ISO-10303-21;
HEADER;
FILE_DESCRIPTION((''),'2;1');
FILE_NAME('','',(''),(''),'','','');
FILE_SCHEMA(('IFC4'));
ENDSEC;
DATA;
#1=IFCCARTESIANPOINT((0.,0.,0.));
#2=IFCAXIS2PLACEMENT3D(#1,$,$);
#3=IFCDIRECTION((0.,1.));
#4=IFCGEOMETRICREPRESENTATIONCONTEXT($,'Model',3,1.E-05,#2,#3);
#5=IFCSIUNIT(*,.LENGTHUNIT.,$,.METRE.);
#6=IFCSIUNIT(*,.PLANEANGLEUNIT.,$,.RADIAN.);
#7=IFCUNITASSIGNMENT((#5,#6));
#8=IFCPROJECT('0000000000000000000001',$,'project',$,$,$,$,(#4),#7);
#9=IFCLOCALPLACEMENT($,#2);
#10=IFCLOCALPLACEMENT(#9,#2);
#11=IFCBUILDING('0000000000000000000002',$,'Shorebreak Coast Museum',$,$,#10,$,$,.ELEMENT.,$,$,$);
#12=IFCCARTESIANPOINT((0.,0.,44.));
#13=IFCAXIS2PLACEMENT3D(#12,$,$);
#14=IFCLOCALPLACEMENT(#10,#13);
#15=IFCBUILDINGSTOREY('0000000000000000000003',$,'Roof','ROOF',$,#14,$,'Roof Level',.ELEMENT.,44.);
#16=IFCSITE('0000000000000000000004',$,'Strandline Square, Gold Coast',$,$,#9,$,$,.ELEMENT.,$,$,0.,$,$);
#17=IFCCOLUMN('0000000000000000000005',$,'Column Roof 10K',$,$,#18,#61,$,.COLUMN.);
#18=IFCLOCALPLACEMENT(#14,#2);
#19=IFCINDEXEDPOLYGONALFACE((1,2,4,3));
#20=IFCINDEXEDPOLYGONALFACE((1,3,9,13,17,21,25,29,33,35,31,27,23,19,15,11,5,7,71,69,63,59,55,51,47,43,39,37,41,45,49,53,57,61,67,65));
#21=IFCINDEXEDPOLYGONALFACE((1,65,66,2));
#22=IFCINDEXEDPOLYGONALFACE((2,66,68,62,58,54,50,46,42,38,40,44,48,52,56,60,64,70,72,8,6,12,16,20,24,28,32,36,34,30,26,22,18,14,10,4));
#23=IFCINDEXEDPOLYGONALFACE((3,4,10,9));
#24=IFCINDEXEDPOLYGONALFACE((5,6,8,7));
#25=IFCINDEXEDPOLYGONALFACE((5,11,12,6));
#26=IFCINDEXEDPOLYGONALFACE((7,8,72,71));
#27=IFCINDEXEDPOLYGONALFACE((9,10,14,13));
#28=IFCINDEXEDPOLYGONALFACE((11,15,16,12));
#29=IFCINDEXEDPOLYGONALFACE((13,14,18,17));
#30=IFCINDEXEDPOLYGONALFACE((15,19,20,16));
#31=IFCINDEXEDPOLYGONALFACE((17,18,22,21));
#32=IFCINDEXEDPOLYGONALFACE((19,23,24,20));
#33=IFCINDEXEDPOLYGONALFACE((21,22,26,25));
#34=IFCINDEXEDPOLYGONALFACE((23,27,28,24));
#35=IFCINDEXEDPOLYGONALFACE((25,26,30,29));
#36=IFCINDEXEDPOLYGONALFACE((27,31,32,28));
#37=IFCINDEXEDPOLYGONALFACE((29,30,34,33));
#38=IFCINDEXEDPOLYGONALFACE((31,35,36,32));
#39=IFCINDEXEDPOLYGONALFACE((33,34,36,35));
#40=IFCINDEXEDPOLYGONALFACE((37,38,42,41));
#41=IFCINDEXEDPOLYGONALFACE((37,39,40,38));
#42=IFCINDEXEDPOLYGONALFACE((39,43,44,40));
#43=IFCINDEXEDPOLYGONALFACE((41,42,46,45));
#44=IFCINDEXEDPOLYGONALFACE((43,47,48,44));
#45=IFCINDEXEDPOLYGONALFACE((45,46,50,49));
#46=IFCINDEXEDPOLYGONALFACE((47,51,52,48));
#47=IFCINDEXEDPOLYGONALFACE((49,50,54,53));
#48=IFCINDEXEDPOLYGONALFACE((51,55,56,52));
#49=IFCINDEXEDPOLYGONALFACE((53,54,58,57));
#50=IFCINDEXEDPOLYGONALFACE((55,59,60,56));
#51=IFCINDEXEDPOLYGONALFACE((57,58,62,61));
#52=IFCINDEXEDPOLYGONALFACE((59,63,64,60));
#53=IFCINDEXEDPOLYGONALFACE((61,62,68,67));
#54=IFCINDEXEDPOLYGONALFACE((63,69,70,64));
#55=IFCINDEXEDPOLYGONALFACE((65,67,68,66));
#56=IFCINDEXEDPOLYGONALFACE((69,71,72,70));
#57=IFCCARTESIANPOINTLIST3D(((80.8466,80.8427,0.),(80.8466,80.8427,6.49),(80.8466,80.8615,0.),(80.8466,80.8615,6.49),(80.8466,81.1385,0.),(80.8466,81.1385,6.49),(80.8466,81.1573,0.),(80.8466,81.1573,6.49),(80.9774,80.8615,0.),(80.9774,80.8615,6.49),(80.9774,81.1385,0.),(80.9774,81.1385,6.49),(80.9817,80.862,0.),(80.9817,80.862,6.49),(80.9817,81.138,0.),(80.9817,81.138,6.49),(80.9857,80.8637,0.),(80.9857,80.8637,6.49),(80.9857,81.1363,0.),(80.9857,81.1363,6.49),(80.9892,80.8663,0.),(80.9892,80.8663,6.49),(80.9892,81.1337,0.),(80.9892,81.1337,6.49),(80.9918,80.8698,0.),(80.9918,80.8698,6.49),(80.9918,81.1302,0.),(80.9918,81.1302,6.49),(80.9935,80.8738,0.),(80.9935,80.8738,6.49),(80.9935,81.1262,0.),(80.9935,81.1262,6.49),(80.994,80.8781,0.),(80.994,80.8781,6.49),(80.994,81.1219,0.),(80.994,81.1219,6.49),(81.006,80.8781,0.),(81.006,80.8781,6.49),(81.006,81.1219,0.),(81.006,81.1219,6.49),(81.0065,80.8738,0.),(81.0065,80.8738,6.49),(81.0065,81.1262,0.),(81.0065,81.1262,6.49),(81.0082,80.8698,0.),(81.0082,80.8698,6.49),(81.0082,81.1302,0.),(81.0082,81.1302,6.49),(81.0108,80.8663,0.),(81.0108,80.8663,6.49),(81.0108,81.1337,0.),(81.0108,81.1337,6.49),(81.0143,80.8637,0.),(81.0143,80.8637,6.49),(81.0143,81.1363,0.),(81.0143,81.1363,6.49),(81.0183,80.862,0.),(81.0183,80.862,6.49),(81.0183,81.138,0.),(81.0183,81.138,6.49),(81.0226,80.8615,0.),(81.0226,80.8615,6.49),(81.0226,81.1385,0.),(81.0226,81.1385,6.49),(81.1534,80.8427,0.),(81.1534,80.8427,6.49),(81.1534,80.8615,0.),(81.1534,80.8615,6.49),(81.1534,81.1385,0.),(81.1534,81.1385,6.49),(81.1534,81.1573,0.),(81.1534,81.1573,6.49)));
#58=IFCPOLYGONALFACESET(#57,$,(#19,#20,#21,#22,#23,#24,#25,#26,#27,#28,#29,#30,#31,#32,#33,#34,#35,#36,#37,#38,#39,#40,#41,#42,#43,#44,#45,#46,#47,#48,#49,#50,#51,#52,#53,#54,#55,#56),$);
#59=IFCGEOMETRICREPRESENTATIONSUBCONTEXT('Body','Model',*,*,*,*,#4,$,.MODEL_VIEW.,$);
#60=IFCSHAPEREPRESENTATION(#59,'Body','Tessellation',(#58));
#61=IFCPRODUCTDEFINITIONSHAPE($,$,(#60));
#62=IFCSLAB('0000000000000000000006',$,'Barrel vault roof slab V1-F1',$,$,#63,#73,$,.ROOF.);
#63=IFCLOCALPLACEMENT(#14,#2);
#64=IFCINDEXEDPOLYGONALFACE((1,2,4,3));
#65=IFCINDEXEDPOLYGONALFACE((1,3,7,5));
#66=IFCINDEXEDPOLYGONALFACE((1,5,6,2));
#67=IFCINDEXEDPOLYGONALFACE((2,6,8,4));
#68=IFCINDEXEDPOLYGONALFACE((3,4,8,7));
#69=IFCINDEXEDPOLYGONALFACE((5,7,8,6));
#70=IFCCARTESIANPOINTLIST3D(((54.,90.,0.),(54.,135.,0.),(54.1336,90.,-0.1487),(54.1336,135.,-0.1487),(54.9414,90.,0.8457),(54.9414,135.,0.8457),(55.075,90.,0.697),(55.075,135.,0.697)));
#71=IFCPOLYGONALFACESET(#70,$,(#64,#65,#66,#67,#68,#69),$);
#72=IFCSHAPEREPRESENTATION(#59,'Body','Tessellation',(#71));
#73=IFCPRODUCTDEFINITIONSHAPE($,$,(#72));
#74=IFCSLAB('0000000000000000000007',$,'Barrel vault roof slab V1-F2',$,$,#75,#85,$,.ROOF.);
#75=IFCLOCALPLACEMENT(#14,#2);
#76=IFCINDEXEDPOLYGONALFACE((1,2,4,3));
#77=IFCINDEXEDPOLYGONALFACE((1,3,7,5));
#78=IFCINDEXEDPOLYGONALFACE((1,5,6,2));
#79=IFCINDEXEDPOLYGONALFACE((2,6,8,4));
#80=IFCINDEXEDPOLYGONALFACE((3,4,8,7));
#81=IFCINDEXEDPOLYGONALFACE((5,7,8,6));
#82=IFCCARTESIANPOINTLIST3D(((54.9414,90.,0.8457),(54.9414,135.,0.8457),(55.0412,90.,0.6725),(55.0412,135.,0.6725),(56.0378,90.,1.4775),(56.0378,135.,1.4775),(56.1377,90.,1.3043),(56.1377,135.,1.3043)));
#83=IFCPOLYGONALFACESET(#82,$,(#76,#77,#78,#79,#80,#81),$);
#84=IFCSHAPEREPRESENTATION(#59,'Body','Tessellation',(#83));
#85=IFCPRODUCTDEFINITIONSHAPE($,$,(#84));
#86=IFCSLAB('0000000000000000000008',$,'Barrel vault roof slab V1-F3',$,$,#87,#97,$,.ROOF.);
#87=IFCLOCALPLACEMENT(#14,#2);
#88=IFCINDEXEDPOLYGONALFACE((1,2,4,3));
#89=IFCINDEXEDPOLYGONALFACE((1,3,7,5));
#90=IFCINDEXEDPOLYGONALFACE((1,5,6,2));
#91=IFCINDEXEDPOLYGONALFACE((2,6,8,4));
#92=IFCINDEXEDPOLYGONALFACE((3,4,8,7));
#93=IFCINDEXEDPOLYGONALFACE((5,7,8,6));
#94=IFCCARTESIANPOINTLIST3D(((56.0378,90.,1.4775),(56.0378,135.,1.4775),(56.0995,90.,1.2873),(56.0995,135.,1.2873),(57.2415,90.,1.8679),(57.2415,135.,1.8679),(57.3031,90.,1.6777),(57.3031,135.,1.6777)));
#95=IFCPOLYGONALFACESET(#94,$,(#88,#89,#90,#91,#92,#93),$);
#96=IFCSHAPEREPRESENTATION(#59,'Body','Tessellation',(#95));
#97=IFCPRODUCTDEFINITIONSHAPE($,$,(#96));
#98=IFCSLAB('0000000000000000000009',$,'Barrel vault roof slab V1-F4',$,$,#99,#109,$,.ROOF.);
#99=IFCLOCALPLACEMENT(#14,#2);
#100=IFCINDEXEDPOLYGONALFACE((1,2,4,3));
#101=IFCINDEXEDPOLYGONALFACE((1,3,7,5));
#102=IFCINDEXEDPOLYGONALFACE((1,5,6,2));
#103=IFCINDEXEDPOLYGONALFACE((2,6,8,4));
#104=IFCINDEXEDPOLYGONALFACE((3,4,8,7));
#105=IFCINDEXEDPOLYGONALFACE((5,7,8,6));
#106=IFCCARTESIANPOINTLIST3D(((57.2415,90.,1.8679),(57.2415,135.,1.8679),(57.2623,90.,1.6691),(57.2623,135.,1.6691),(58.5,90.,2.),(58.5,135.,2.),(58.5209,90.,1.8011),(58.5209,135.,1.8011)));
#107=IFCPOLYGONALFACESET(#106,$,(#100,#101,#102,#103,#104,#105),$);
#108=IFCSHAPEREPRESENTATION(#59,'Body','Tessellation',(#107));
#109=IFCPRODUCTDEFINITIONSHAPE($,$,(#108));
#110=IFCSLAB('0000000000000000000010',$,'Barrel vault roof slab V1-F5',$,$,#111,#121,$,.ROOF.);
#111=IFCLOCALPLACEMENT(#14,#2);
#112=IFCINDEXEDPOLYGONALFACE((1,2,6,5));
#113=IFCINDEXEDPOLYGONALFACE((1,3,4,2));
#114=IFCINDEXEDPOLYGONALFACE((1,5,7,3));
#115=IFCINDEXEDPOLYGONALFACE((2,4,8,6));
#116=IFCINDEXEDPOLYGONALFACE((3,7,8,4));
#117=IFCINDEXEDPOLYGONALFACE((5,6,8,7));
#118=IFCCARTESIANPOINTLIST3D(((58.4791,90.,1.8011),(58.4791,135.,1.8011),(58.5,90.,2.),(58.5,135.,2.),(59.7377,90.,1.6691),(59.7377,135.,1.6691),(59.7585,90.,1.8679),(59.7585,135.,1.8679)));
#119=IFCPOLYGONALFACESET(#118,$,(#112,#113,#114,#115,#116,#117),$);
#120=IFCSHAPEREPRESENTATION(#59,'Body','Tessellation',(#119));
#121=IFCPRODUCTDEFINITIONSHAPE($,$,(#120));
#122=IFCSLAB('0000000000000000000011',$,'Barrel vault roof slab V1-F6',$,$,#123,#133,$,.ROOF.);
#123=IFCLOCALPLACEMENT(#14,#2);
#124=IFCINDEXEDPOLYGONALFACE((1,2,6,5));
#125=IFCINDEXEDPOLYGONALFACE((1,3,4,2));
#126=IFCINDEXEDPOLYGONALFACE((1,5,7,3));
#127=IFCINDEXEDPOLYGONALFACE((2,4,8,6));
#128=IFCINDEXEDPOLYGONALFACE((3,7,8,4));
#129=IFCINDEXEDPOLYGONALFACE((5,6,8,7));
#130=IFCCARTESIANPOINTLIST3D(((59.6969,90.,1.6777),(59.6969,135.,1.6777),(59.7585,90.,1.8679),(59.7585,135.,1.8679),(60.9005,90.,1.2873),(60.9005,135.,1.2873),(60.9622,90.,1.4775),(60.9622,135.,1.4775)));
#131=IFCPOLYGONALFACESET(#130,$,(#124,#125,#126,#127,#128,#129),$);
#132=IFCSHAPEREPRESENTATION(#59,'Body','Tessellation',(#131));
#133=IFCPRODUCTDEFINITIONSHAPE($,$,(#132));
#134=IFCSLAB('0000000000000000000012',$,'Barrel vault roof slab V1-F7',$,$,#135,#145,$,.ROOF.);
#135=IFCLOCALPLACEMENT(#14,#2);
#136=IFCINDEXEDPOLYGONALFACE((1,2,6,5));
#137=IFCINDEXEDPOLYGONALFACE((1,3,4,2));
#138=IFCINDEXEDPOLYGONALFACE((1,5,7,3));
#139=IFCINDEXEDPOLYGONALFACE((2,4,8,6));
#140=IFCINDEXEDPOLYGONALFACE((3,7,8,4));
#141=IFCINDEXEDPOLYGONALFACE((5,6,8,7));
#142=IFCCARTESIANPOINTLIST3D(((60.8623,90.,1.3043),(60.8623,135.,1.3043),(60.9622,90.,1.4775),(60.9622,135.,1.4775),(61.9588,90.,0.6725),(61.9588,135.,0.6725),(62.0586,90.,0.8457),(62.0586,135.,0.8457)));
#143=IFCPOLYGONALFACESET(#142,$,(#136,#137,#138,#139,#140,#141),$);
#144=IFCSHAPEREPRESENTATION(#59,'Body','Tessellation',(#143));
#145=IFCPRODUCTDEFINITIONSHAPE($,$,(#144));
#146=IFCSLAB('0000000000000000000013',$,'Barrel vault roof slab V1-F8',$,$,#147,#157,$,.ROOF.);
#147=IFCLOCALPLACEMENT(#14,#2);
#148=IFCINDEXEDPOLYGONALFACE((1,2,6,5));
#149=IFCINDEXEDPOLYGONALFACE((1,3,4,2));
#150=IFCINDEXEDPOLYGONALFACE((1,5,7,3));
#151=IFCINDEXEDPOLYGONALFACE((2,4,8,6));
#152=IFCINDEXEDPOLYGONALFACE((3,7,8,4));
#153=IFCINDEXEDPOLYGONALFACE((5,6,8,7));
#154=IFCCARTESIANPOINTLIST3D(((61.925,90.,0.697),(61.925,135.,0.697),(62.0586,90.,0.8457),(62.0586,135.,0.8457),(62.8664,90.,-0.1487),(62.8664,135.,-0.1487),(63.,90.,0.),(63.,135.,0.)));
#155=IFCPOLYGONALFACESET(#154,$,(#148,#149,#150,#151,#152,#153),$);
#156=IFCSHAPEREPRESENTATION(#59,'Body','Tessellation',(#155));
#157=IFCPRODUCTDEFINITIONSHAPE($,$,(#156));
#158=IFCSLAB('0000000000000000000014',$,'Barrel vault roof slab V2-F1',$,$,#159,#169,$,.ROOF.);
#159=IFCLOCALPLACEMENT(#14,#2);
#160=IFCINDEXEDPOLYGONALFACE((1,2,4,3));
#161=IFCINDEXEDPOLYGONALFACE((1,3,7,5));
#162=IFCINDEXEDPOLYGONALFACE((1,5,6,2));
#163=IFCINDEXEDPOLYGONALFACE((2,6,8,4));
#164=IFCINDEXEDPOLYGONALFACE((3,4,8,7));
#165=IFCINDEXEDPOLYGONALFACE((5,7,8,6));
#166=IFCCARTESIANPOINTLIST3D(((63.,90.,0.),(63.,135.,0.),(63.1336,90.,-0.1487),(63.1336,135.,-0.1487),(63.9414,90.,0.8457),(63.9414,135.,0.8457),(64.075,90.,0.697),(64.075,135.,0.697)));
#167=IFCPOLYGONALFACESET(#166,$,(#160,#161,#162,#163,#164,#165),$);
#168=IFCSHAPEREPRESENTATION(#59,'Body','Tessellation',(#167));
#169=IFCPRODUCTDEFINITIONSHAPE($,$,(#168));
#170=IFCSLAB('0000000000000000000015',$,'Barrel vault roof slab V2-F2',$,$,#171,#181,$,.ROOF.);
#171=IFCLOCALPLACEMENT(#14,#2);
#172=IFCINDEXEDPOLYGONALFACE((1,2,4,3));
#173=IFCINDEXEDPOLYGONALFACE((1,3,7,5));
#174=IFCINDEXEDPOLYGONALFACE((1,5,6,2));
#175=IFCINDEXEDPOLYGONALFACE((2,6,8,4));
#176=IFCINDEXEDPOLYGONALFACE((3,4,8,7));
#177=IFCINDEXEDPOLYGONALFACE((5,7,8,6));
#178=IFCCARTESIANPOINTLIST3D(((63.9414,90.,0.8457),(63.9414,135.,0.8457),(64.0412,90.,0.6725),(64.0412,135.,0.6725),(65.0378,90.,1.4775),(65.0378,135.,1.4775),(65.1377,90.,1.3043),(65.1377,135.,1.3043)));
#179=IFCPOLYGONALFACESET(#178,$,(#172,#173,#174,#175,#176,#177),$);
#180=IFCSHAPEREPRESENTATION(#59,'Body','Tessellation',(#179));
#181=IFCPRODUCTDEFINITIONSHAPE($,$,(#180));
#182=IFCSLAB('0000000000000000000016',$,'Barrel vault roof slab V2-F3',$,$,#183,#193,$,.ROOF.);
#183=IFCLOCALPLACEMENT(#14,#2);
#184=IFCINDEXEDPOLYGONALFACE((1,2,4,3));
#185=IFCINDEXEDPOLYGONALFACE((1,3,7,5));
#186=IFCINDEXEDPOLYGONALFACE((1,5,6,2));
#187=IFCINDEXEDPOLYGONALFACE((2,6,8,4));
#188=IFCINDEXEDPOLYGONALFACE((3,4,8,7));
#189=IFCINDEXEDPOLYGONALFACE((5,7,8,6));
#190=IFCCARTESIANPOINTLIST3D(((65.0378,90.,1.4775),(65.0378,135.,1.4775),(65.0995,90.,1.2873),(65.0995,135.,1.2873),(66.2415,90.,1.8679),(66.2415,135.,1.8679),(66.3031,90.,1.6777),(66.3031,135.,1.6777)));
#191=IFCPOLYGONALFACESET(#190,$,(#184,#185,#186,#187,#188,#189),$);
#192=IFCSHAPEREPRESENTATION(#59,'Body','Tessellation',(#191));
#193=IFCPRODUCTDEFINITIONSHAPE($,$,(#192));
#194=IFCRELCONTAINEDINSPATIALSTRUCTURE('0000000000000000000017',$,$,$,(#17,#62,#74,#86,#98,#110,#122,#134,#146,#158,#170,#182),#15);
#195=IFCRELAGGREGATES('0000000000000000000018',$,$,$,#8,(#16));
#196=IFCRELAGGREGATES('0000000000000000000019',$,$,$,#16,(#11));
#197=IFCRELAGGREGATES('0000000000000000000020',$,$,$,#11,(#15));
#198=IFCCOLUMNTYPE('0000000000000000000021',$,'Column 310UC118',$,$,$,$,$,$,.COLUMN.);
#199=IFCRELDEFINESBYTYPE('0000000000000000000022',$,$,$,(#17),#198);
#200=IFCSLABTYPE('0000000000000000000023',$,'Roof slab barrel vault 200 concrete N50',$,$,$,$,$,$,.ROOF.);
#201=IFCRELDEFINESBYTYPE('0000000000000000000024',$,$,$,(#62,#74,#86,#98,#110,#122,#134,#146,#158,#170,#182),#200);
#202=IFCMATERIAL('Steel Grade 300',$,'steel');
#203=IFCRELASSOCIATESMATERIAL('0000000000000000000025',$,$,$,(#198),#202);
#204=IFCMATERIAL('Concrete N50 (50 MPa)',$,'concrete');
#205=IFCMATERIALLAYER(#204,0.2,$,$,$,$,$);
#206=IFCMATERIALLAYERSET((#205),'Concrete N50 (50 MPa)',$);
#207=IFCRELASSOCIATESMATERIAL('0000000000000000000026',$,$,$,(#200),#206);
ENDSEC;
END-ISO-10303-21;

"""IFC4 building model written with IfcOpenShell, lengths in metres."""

from ifc_helpers import new_model, si_unit, direction, frame, origin, origin_2d, place, context, subcontext, project, spatial, polyline, i_section, outline, extrude, material, layer, layer_set, material_profile, profile_set, type_object, element, save


model = new_model("IFC4")

# Units and contexts
model_context = context("Model", 3, precision=1e-05, world=origin(), true_north=direction((0.0, 1.0)))
body_context = subcontext(model_context, "Body", "Model", "MODEL_VIEW")
ifc_project = project(units=[si_unit("LENGTHUNIT", "METRE"), si_unit("PLANEANGLEUNIT", "RADIAN")], contexts=[model_context])

# Site, building, storey
site_placement = place(None, origin())
site = spatial("IfcSite", under=ifc_project, at=site_placement, Name="Strandline Square, Gold Coast", CompositionType="ELEMENT", RefElevation=0.0)
building_placement = place(site_placement, origin())
building = spatial("IfcBuilding", under=site, at=building_placement, Name="Shorebreak Coast Museum", CompositionType="ELEMENT")
storey_placement = place(building_placement, frame((0.0, 0.0, 44.0)))
storey = spatial("IfcBuildingStorey", under=building, at=storey_placement, Name="Roof", Description="ROOF", LongName="Roof Level", CompositionType="ELEMENT", Elevation=44.0)

# Column
ifc_material_1 = material(Name="Steel Grade 300", Category="steel")
ifc_material_profile_1 = material_profile(ifc_material_1, i_section(OverallWidth=0.3069, OverallDepth=0.3147, WebThickness=0.012, FlangeThickness=0.0188, FilletRadius=0.0166, at=origin_2d()), Name="310UC118")
ifc_profile_set_1 = profile_set([ifc_material_profile_1], Name="Steel Grade 300")
column_type_1 = type_object("IfcColumnType", Name="Column 310UC118", PredefinedType="COLUMN", material=ifc_profile_set_1)
for number, where, z_axis, x_axis, name in (
    (1, (81.0, 81.0, 0.0), (0.0, 0.0, 1.0), (1.0, 0.0, 0.0), "Column Roof 10K"),
):
    element("IfcColumn", number, at=place(storey_placement, frame(where, z_axis=z_axis, x_axis=x_axis)), inside=storey, type_object=column_type_1, Name=name, PredefinedType="COLUMN", context=body_context, shape_type="SweptSolid", body=[
        extrude(i_section(OverallWidth=0.3069, OverallDepth=0.3147, WebThickness=0.012, FlangeThickness=0.0188, FilletRadius=0.0166, at=origin_2d()), origin(), (0.0, 0.0, 1.0), 6.49),
    ])

# Slabs
ifc_material_2 = material(Name="Concrete N50 (50 MPa)", Category="concrete")
ifc_layer = layer(ifc_material_2, 0.2)
ifc_layer_set = layer_set([ifc_layer], Name="Concrete N50 (50 MPa)")
slab_type = type_object("IfcSlabType", Name="Roof slab barrel vault 200 concrete N50", PredefinedType="ROOF", material=ifc_layer_set)
slab_1_placement = place(storey_placement, frame((54.0, 90.0, 0.0), z_axis=(-0.668282, 0.0, 0.743908), x_axis=(0.743908, 0.0, 0.668282)))
element("IfcSlab", 2, at=slab_1_placement, inside=storey, type_object=slab_type, Name="Barrel vault roof slab V1-F1", PredefinedType="ROOF", context=body_context, shape_type="SweptSolid", body=[
    extrude(outline(polyline([(0.0, 0.0), (1.2655, 0.0), (1.2655, 45.0), (0.0, 45.0), (0.0, 0.0)])), origin(), (0.0, 0.0, -1.0), 0.2),
])
slab_2_placement = place(storey_placement, frame((54.9414, 90.0, 0.8457), z_axis=(-0.499294, 0.0, 0.866433), x_axis=(0.866433, 0.0, 0.499294)))
element("IfcSlab", 3, at=slab_2_placement, inside=storey, type_object=slab_type, Name="Barrel vault roof slab V1-F2", PredefinedType="ROOF", context=body_context, shape_type="SweptSolid", body=[
    extrude(outline(polyline([(0.0, 0.0), (1.2655, 0.0), (1.2655, 45.0), (0.0, 45.0), (0.0, 0.0)])), origin(), (0.0, 0.0, -1.0), 0.2),
])
slab_3_placement = place(storey_placement, frame((56.0378, 90.0, 1.4775), z_axis=(-0.308519, 0.0, 0.951218), x_axis=(0.951218, 0.0, 0.308519)))
element("IfcSlab", 4, at=slab_3_placement, inside=storey, type_object=slab_type, Name="Barrel vault roof slab V1-F3", PredefinedType="ROOF", context=body_context, shape_type="SweptSolid", body=[
    extrude(outline(polyline([(0.0, 0.0), (1.2653, 0.0), (1.2653, 45.0), (0.0, 45.0), (0.0, 0.0)])), origin(), (0.0, 0.0, -1.0), 0.2),
])
for number, where, z_axis, x_axis, name in (
    (5, (57.2415, 90.0, 1.8679), (-0.104373, 0.0, 0.994538), (0.994538, 0.0, 0.104373), "Barrel vault roof slab V1-F4"),
    (6, (58.5, 90.0, 2.0), (0.104373, 0.0, 0.994538), (0.994538, 0.0, -0.104373), "Barrel vault roof slab V1-F5"),
):
    element("IfcSlab", number, at=place(storey_placement, frame(where, z_axis=z_axis, x_axis=x_axis)), inside=storey, type_object=slab_type, Name=name, PredefinedType="ROOF", context=body_context, shape_type="SweptSolid", body=[
        extrude(outline(polyline([(0.0, 0.0), (1.2655, 0.0), (1.2655, 45.0), (0.0, 45.0), (0.0, 0.0)])), origin(), (0.0, 0.0, -1.0), 0.2),
    ])
slab_4_placement = place(storey_placement, frame((59.7585, 90.0, 1.8679), z_axis=(0.308519, 0.0, 0.951218), x_axis=(0.951218, 0.0, -0.308519)))
element("IfcSlab", 7, at=slab_4_placement, inside=storey, type_object=slab_type, Name="Barrel vault roof slab V1-F6", PredefinedType="ROOF", context=body_context, shape_type="SweptSolid", body=[
    extrude(outline(polyline([(0.0, 0.0), (1.2653, 0.0), (1.2653, 45.0), (0.0, 45.0), (0.0, 0.0)])), origin(), (0.0, 0.0, -1.0), 0.2),
])
slab_5_placement = place(storey_placement, frame((60.9622, 90.0, 1.4775), z_axis=(0.499294, 0.0, 0.866433), x_axis=(0.866433, 0.0, -0.499294)))
element("IfcSlab", 8, at=slab_5_placement, inside=storey, type_object=slab_type, Name="Barrel vault roof slab V1-F7", PredefinedType="ROOF", context=body_context, shape_type="SweptSolid", body=[
    extrude(outline(polyline([(0.0, 0.0), (1.2655, 0.0), (1.2655, 45.0), (0.0, 45.0), (0.0, 0.0)])), origin(), (0.0, 0.0, -1.0), 0.2),
])
for number, where, z_axis, x_axis, name in (
    (9, (62.0586, 90.0, 0.8457), (0.668282, 0.0, 0.743908), (0.743908, 0.0, -0.668282), "Barrel vault roof slab V1-F8"),
    (10, (63.0, 90.0, 0.0), (-0.668282, 0.0, 0.743908), (0.743908, 0.0, 0.668282), "Barrel vault roof slab V2-F1"),
):
    element("IfcSlab", number, at=place(storey_placement, frame(where, z_axis=z_axis, x_axis=x_axis)), inside=storey, type_object=slab_type, Name=name, PredefinedType="ROOF", context=body_context, shape_type="SweptSolid", body=[
        extrude(outline(polyline([(0.0, 0.0), (1.2655, 0.0), (1.2655, 45.0), (0.0, 45.0), (0.0, 0.0)])), origin(), (0.0, 0.0, -1.0), 0.2),
    ])
slab_6_placement = place(storey_placement, frame((63.9414, 90.0, 0.8457), z_axis=(-0.499294, 0.0, 0.866433), x_axis=(0.866433, 0.0, 0.499294)))
element("IfcSlab", 11, at=slab_6_placement, inside=storey, type_object=slab_type, Name="Barrel vault roof slab V2-F2", PredefinedType="ROOF", context=body_context, shape_type="SweptSolid", body=[
    extrude(outline(polyline([(0.0, 0.0), (1.2655, 0.0), (1.2655, 45.0), (0.0, 45.0), (0.0, 0.0)])), origin(), (0.0, 0.0, -1.0), 0.2),
])
slab_7_placement = place(storey_placement, frame((65.0378, 90.0, 1.4775), z_axis=(-0.308519, 0.0, 0.951218), x_axis=(0.951218, 0.0, 0.308519)))
element("IfcSlab", 12, at=slab_7_placement, inside=storey, type_object=slab_type, Name="Barrel vault roof slab V2-F3", PredefinedType="ROOF", context=body_context, shape_type="SweptSolid", body=[
    extrude(outline(polyline([(0.0, 0.0), (1.2653, 0.0), (1.2653, 45.0), (0.0, 45.0), (0.0, 0.0)])), origin(), (0.0, 0.0, -1.0), 0.2),
])

save(model, "model.ifc")
